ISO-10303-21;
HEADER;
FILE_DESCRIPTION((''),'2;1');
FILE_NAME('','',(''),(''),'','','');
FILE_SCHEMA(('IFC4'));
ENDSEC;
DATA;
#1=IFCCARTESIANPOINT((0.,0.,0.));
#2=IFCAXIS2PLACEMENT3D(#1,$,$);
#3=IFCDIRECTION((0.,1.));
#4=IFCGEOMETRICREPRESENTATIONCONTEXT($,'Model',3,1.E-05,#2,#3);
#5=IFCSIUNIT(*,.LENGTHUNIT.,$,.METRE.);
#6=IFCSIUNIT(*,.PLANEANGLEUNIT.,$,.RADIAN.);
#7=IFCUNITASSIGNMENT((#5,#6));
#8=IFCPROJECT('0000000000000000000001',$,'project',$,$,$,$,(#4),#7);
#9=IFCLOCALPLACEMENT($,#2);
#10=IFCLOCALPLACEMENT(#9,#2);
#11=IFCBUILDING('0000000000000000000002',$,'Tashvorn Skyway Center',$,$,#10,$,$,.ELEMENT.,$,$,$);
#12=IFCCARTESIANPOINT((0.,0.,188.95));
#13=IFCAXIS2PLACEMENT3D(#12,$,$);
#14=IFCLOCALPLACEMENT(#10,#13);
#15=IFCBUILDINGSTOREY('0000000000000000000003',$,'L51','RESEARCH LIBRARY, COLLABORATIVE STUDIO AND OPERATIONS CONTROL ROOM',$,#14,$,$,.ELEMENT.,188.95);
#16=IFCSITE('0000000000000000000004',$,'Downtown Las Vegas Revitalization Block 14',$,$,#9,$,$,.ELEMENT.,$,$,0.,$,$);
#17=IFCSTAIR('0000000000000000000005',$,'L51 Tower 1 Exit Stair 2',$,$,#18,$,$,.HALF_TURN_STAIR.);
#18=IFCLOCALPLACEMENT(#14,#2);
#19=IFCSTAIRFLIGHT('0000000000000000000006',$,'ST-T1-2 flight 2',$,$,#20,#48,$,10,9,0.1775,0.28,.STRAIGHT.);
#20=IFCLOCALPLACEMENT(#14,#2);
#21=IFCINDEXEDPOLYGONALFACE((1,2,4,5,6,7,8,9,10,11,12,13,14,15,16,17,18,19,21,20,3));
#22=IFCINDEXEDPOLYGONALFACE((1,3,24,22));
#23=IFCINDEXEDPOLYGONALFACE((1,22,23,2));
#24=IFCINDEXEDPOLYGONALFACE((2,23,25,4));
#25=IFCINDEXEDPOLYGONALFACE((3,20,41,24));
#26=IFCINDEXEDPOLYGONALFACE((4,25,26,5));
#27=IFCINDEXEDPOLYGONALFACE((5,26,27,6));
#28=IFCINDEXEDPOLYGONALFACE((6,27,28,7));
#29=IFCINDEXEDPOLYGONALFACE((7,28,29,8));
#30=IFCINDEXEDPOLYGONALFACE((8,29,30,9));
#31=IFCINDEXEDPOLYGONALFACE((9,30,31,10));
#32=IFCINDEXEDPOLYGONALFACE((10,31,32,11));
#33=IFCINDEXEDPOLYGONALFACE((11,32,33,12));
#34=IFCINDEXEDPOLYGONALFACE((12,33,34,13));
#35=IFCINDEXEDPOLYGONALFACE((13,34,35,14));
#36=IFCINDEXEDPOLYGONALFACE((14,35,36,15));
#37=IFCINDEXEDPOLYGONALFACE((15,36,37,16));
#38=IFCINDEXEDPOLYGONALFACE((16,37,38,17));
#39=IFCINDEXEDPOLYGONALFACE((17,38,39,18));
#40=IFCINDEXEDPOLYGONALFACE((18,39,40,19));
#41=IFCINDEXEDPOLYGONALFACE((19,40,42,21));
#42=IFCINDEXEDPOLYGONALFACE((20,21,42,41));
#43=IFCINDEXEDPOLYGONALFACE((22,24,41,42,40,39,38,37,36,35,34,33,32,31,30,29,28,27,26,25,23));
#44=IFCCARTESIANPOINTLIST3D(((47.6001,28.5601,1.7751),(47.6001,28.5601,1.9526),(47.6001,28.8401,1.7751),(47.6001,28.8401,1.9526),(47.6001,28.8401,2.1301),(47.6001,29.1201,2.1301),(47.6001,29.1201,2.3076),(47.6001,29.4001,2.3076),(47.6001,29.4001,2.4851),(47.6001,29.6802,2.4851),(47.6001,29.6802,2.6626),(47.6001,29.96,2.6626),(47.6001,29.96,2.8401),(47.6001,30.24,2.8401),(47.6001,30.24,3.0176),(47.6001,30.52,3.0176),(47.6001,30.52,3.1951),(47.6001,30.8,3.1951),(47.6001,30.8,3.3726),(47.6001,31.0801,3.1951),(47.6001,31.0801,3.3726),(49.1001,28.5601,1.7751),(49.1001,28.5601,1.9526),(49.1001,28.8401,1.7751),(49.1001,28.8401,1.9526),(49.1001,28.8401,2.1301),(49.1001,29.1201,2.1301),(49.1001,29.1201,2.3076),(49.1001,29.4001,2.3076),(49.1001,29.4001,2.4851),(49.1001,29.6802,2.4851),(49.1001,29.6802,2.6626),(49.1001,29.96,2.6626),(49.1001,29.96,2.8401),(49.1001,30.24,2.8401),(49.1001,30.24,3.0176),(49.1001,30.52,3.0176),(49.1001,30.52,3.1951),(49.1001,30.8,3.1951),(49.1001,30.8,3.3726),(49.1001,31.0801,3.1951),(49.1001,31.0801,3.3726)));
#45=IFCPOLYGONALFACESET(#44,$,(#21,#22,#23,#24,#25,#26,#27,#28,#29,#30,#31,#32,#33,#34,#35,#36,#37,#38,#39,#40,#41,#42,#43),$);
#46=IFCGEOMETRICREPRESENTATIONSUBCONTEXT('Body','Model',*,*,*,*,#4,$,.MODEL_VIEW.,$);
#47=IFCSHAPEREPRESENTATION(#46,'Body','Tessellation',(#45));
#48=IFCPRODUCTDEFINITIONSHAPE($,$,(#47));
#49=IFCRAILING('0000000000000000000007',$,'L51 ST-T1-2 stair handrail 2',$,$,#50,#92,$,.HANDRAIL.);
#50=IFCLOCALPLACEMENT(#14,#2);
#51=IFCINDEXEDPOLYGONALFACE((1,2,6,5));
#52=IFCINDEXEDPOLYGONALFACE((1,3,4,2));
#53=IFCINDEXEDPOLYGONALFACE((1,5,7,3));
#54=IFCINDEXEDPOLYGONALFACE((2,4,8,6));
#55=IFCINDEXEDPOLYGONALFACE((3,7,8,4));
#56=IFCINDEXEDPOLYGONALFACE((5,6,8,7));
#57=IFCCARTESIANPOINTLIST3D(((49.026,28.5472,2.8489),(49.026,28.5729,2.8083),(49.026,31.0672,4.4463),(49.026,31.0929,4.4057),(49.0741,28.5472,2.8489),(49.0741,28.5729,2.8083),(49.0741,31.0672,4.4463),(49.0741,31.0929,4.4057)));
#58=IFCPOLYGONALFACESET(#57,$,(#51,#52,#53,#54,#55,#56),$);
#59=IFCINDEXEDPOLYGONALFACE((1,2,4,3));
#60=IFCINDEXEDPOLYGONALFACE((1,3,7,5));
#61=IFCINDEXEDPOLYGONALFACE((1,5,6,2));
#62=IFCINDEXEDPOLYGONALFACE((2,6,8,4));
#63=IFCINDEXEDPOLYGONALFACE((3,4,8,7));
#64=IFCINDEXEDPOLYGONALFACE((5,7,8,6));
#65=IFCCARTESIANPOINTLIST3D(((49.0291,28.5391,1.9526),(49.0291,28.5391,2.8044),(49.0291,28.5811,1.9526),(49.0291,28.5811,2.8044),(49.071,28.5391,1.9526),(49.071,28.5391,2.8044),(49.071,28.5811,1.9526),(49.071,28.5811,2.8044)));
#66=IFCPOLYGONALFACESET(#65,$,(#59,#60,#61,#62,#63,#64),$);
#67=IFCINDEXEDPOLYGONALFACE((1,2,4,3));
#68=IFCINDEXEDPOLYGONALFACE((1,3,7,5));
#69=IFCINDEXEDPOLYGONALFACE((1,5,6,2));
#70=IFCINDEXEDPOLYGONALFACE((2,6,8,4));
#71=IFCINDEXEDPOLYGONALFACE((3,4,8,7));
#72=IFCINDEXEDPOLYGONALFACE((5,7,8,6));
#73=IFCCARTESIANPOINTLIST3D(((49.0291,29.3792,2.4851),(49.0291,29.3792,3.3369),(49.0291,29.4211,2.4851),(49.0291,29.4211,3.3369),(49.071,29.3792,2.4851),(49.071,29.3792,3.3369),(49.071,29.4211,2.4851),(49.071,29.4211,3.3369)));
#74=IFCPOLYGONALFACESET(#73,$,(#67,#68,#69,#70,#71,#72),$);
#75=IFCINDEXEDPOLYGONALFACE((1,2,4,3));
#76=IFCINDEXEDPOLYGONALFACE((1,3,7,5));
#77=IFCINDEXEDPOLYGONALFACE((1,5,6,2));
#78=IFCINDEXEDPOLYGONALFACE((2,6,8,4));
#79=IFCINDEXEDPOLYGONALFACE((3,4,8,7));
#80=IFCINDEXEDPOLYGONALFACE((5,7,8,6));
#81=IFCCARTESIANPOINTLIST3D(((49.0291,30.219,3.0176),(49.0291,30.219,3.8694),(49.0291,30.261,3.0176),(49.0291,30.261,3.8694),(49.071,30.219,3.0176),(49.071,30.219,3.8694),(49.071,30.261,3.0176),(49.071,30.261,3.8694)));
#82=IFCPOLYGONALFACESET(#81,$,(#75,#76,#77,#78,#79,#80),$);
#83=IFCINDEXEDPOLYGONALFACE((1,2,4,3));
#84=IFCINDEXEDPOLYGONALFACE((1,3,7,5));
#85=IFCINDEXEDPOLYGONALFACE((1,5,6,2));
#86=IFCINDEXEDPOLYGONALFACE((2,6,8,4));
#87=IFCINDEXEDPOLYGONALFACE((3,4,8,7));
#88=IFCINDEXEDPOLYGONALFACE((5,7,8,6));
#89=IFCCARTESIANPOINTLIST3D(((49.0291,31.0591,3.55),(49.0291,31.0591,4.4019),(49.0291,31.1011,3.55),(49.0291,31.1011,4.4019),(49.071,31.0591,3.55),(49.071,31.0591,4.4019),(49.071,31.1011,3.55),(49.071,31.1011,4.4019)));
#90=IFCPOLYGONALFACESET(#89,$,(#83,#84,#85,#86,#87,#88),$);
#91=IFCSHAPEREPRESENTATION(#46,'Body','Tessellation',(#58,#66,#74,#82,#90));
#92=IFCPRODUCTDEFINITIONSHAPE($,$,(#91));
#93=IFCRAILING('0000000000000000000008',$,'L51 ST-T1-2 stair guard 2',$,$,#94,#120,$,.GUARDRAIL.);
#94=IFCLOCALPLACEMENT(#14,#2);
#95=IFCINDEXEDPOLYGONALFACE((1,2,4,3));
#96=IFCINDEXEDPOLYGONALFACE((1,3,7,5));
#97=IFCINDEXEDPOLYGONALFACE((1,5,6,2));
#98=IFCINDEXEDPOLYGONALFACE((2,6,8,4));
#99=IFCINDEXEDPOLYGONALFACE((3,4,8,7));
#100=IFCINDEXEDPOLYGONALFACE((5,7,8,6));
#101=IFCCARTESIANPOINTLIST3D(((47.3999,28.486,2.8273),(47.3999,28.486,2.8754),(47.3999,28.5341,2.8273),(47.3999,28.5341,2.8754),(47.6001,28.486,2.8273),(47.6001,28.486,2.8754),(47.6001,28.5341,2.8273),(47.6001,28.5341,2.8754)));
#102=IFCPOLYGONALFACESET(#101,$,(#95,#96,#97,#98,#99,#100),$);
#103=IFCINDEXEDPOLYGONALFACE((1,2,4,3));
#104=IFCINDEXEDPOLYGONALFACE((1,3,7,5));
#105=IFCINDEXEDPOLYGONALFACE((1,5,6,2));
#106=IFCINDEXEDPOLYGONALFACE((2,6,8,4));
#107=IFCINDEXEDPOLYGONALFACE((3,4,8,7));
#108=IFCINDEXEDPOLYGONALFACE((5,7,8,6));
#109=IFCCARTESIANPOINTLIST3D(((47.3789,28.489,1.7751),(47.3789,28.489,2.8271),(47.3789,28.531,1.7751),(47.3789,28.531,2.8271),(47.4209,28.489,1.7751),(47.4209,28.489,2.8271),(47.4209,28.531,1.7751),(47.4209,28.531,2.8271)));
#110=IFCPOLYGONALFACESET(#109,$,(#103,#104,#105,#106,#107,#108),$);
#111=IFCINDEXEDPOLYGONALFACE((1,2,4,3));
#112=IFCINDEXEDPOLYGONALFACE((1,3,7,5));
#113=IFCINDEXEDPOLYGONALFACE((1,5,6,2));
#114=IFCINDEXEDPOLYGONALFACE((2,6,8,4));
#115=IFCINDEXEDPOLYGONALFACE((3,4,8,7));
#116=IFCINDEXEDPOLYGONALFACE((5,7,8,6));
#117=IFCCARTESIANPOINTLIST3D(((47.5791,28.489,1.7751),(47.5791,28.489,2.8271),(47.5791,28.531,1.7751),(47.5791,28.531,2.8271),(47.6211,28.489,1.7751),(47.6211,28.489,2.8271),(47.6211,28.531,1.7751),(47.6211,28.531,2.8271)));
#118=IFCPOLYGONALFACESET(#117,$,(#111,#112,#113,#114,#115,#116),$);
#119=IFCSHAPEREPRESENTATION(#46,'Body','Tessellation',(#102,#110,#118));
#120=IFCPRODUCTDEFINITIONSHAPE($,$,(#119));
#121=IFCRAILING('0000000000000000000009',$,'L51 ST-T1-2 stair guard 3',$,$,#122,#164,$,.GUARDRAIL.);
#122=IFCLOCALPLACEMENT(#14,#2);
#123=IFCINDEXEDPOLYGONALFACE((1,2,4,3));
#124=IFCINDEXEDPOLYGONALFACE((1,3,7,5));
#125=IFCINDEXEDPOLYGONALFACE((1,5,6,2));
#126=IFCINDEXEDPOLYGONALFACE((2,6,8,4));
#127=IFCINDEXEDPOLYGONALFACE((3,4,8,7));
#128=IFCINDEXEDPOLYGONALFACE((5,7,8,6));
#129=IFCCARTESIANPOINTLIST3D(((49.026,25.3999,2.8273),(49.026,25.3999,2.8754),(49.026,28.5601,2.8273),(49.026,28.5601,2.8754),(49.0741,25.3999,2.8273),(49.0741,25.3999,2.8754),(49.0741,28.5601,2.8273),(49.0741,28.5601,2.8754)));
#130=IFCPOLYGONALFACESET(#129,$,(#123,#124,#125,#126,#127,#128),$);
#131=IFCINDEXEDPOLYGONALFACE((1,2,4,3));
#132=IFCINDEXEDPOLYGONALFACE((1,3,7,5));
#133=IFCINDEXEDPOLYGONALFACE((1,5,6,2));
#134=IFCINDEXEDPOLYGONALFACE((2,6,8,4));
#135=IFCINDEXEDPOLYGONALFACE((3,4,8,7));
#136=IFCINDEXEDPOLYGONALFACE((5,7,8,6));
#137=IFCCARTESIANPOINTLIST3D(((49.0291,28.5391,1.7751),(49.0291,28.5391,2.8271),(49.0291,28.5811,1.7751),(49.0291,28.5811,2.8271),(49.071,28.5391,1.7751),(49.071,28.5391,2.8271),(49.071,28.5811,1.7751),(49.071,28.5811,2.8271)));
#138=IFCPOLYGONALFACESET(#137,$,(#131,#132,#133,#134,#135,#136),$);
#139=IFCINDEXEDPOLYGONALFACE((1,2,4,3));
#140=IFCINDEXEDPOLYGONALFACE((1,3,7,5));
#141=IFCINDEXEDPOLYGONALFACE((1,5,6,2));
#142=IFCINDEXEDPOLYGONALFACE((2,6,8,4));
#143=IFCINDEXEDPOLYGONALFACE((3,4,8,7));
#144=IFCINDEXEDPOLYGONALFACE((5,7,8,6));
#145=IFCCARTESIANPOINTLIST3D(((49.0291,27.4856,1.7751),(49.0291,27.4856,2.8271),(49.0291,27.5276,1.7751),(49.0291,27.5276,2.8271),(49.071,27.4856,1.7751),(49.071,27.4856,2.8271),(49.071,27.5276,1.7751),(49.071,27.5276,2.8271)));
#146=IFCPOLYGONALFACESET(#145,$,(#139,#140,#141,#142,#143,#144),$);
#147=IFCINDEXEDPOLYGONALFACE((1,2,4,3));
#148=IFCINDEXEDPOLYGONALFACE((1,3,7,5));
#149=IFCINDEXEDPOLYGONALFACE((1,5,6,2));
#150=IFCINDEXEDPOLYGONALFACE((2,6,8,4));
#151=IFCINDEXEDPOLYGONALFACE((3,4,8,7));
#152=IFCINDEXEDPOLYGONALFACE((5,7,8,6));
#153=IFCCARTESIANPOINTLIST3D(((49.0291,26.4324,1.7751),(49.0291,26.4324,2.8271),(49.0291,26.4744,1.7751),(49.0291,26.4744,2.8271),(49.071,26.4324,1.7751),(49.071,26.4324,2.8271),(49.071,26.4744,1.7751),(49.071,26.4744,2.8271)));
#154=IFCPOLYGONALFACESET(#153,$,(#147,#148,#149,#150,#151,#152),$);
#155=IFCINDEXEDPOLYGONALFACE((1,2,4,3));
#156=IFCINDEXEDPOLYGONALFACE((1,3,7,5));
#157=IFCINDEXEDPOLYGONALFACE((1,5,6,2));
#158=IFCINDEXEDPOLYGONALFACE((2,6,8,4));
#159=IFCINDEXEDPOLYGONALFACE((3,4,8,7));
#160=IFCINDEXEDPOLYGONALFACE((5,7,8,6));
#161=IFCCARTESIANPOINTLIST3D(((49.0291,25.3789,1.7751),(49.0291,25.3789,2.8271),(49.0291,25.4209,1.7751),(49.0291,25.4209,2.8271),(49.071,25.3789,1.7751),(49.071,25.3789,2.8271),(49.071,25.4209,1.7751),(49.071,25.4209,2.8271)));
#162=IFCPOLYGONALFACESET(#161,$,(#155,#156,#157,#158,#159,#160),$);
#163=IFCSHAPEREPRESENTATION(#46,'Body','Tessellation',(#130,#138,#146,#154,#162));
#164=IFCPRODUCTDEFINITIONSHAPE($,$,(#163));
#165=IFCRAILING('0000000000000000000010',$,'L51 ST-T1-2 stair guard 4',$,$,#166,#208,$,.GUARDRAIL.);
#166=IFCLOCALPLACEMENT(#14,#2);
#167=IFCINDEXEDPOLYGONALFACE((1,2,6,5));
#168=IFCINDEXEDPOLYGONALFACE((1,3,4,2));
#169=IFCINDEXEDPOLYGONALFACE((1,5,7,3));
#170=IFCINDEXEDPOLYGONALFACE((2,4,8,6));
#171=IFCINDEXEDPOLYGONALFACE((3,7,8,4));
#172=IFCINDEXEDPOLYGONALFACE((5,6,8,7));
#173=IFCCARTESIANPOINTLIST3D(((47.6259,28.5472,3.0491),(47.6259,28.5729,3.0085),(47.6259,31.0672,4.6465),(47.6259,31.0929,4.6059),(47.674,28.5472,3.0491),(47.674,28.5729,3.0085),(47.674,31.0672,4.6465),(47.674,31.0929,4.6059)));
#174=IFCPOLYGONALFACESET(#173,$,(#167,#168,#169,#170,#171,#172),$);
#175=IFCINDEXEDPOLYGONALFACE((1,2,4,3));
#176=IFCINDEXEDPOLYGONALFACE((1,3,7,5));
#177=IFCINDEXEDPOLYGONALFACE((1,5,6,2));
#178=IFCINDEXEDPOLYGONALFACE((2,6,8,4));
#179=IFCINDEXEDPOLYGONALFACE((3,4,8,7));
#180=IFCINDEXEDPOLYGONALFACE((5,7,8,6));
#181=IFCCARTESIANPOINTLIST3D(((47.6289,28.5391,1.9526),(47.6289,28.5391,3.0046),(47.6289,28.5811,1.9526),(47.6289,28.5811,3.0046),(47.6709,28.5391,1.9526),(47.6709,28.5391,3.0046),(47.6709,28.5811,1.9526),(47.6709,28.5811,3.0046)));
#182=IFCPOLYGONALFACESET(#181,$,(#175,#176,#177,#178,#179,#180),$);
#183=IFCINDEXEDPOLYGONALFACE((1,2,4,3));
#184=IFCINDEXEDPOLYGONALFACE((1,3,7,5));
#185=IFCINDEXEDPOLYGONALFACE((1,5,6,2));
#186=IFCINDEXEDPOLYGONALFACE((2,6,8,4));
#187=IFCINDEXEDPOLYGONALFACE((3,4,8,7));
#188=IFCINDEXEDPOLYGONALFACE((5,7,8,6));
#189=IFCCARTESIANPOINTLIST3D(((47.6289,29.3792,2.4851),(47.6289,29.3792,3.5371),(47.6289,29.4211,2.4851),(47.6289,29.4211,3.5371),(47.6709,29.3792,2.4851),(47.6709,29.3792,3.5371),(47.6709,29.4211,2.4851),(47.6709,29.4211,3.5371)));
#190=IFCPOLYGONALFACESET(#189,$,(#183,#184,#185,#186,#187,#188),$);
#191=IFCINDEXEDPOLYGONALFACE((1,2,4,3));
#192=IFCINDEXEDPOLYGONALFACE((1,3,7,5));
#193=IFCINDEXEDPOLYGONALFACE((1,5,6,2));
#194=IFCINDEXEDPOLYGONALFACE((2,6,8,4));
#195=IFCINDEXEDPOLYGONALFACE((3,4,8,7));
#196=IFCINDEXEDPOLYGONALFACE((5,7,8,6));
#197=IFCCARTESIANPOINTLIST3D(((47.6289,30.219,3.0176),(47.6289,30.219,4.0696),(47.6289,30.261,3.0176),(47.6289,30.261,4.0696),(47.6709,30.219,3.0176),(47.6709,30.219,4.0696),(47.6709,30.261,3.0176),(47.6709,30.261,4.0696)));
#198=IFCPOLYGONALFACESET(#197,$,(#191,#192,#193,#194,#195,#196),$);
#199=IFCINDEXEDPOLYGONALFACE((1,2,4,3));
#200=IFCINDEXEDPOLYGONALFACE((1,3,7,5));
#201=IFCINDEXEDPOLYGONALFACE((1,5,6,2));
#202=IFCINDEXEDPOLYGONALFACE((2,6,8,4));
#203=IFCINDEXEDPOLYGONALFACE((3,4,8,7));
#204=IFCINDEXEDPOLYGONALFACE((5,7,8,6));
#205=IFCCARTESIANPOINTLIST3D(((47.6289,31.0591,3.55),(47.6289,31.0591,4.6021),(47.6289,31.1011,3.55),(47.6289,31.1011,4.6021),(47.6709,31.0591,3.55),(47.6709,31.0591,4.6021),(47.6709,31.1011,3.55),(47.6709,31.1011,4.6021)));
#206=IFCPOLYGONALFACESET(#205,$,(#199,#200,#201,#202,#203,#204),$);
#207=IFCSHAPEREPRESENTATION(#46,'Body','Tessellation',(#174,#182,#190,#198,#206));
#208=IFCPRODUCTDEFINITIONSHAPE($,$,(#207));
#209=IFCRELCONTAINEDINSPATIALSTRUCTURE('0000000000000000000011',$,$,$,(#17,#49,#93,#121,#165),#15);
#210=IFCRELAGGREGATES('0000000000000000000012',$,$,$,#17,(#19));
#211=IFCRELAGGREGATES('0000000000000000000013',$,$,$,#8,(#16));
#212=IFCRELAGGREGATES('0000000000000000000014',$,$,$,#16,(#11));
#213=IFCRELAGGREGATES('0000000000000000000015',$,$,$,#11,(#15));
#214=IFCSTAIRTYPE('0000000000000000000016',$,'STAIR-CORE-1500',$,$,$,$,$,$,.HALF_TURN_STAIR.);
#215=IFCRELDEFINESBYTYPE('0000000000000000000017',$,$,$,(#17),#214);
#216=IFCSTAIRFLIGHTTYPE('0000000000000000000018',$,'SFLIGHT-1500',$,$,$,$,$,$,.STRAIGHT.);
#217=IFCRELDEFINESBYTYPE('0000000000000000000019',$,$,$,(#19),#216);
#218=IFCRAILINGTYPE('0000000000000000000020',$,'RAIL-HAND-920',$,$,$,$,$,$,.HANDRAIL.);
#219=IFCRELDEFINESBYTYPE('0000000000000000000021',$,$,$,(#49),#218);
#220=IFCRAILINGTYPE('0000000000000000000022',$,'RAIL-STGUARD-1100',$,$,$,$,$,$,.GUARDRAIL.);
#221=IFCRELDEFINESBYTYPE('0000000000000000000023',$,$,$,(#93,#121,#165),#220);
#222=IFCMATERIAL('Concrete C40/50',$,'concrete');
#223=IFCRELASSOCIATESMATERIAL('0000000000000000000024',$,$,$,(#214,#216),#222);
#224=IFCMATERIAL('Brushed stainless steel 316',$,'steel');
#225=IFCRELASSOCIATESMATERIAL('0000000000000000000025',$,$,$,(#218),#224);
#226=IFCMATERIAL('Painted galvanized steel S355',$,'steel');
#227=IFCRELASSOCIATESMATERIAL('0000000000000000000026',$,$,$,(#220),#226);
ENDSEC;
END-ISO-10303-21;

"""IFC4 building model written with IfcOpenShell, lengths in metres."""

from ifc_helpers import new_model, si_unit, direction, frame, origin, origin_2d, place, context, subcontext, project, spatial, polyline, rectangle, outline, extrude, material, type_object, element, aggregate, save


model = new_model("IFC4")

# Units and contexts
model_context = context("Model", 3, precision=1e-05, world=origin(), true_north=direction((0.0, 1.0)))
body_context = subcontext(model_context, "Body", "Model", "MODEL_VIEW")
ifc_project = project(units=[si_unit("LENGTHUNIT", "METRE"), si_unit("PLANEANGLEUNIT", "RADIAN")], contexts=[model_context])

# Site, building, storey
site_placement = place(None, origin())
site = spatial("IfcSite", under=ifc_project, at=site_placement, Name="Downtown Las Vegas Revitalization Block 14", CompositionType="ELEMENT", RefElevation=0.0)
building_placement = place(site_placement, origin())
building = spatial("IfcBuilding", under=site, at=building_placement, Name="Tashvorn Skyway Center", CompositionType="ELEMENT")
storey_placement = place(building_placement, frame((0.0, 0.0, 188.95)))
storey = spatial("IfcBuildingStorey", under=building, at=storey_placement, Name="L51", Description="RESEARCH LIBRARY, COLLABORATIVE STUDIO AND OPERATIONS CONTROL ROOM", CompositionType="ELEMENT", Elevation=188.95)

# Stair, stair flight
ifc_material_1 = material(Name="Concrete C40/50", Category="concrete")
stair_type = type_object("IfcStairType", Name="STAIR-CORE-1500", PredefinedType="HALF_TURN_STAIR", material=ifc_material_1)
stair_placement = place(storey_placement, origin())
stair = element("IfcStair", 1, at=stair_placement, inside=storey, type_object=stair_type, Name="L51 Tower 1 Exit Stair 2", PredefinedType="HALF_TURN_STAIR")
stair_flight_type = type_object("IfcStairFlightType", Name="SFLIGHT-1500", PredefinedType="STRAIGHT", material=ifc_material_1)
stair_flight_placement = place(storey_placement, frame((48.3501, 28.5601, 1.7751), z_axis=(0.0, 0.0, 1.0), x_axis=(0.0, 1.0, 0.0)))
stair_flight = element("IfcStairFlight", 2, at=stair_flight_placement, type_object=stair_flight_type, Name="ST-T1-2 flight 2", NumberOfRisers=10, NumberOfTreads=9, PredefinedType="STRAIGHT", RiserHeight=0.1775, TreadLength=0.28, context=body_context, shape_type="SweptSolid", body=[
    extrude(outline(polyline([(0.0, 0.0), (0.0, 0.1775), (0.28, 0.1775), (0.28, 0.355), (0.5601, 0.355), (0.5601, 0.5325), (0.8401, 0.5325), (0.8401, 0.71), (1.1201, 0.71), (1.1201, 0.8875), (1.3999, 0.8875), (1.3999, 1.0649), (1.6799, 1.0649), (1.6799, 1.2424), (1.96, 1.2424), (1.96, 1.4199), (2.24, 1.4199), (2.24, 1.5974), (2.52, 1.5974), (2.52, 1.7749), (2.52, 1.4199), (0.28, 0.0), (0.0, 0.0)])), frame((0.0, 0.75, 0.0), z_axis=(0.0, -1.0, 0.0), x_axis=(1.0, 0.0, 0.0)), (0.0, 0.0, 1.0), 1.5),
])
aggregate(stair, [stair_flight])

# Railings
ifc_material_2 = material(Name="Brushed stainless steel 316", Category="steel")
railing_type_1 = type_object("IfcRailingType", Name="RAIL-HAND-920", PredefinedType="HANDRAIL", material=ifc_material_2)
railing_1_placement = place(storey_placement, frame((49.05, 28.5601, 1.9526)))
element("IfcRailing", 3, at=railing_1_placement, inside=storey, type_object=railing_type_1, Name="L51 ST-T1-2 stair handrail 2", PredefinedType="HANDRAIL", context=body_context, shape_type="SweptSolid", body=[
    extrude(rectangle(XDim=0.0481, YDim=0.0481, at=origin_2d()), frame((0.0, 0.0, 0.876), z_axis=(0.0, 0.844607, 0.535387), x_axis=(-1.0, 0.0, 0.0)), (0.0, 0.0, 1.0), 2.9836),
    extrude(rectangle(XDim=0.042, YDim=0.042, at=origin_2d()), origin(), (0.0, 0.0, 1.0), 0.8518),
    extrude(rectangle(XDim=0.042, YDim=0.042, at=origin_2d()), frame((0.0, 0.8401, 0.5325)), (0.0, 0.0, 1.0), 0.8518),
    extrude(rectangle(XDim=0.042, YDim=0.042, at=origin_2d()), frame((0.0, 1.6799, 1.0649)), (0.0, 0.0, 1.0), 0.8518),
    extrude(rectangle(XDim=0.042, YDim=0.042, at=origin_2d()), frame((0.0, 2.52, 1.5974)), (0.0, 0.0, 1.0), 0.8518),
])
ifc_material_3 = material(Name="Painted galvanized steel S355", Category="steel")
railing_type_2 = type_object("IfcRailingType", Name="RAIL-STGUARD-1100", PredefinedType="GUARDRAIL", material=ifc_material_3)
railing_2_placement = place(storey_placement, frame((47.3999, 28.51, 1.7751)))
element("IfcRailing", 4, at=railing_2_placement, inside=storey, type_object=railing_type_2, Name="L51 ST-T1-2 stair guard 2", PredefinedType="GUARDRAIL", context=body_context, shape_type="SweptSolid", body=[
    extrude(rectangle(XDim=0.0481, YDim=0.0481, at=origin_2d()), frame((0.0, 0.0, 1.0762), z_axis=(1.0, 0.0, 0.0), x_axis=(0.0, 1.0, 0.0)), (0.0, 0.0, 1.0), 0.2002),
    extrude(rectangle(XDim=0.042, YDim=0.042, at=origin_2d()), origin(), (0.0, 0.0, 1.0), 1.052),
    extrude(rectangle(XDim=0.042, YDim=0.042, at=origin_2d()), frame((0.2002, 0.0, 0.0)), (0.0, 0.0, 1.0), 1.052),
])
railing_3_placement = place(storey_placement, frame((49.05, 28.5601, 1.7751)))
element("IfcRailing", 5, at=railing_3_placement, inside=storey, type_object=railing_type_2, Name="L51 ST-T1-2 stair guard 3", PredefinedType="GUARDRAIL", context=body_context, shape_type="SweptSolid", body=[
    extrude(rectangle(XDim=0.0481, YDim=0.0481, at=origin_2d()), frame((0.0, 0.0, 1.0762), z_axis=(0.0, -1.0, 0.0), x_axis=(1.0, 0.0, 0.0)), (0.0, 0.0, 1.0), 3.1602),
    extrude(rectangle(XDim=0.042, YDim=0.042, at=origin_2d()), origin(), (0.0, 0.0, 1.0), 1.052),
    extrude(rectangle(XDim=0.042, YDim=0.042, at=origin_2d()), frame((0.0, -1.0535, 0.0)), (0.0, 0.0, 1.0), 1.052),
    extrude(rectangle(XDim=0.042, YDim=0.042, at=origin_2d()), frame((0.0, -2.1067, 0.0)), (0.0, 0.0, 1.0), 1.052),
    extrude(rectangle(XDim=0.042, YDim=0.042, at=origin_2d()), frame((0.0, -3.1602, 0.0)), (0.0, 0.0, 1.0), 1.052),
])
railing_4_placement = place(storey_placement, frame((47.6499, 28.5601, 1.9526)))
element("IfcRailing", 6, at=railing_4_placement, inside=storey, type_object=railing_type_2, Name="L51 ST-T1-2 stair guard 4", PredefinedType="GUARDRAIL", context=body_context, shape_type="SweptSolid", body=[
    extrude(rectangle(XDim=0.0481, YDim=0.0481, at=origin_2d()), frame((0.0, 0.0, 1.0762), z_axis=(0.0, 0.844607, 0.535387), x_axis=(-1.0, 0.0, 0.0)), (0.0, 0.0, 1.0), 2.9836),
    extrude(rectangle(XDim=0.042, YDim=0.042, at=origin_2d()), origin(), (0.0, 0.0, 1.0), 1.052),
    extrude(rectangle(XDim=0.042, YDim=0.042, at=origin_2d()), frame((0.0, 0.8401, 0.5325)), (0.0, 0.0, 1.0), 1.052),
    extrude(rectangle(XDim=0.042, YDim=0.042, at=origin_2d()), frame((0.0, 1.6799, 1.0649)), (0.0, 0.0, 1.0), 1.052),
    extrude(rectangle(XDim=0.042, YDim=0.042, at=origin_2d()), frame((0.0, 2.52, 1.5974)), (0.0, 0.0, 1.0), 1.052),
])

save(model, "model.ifc")
